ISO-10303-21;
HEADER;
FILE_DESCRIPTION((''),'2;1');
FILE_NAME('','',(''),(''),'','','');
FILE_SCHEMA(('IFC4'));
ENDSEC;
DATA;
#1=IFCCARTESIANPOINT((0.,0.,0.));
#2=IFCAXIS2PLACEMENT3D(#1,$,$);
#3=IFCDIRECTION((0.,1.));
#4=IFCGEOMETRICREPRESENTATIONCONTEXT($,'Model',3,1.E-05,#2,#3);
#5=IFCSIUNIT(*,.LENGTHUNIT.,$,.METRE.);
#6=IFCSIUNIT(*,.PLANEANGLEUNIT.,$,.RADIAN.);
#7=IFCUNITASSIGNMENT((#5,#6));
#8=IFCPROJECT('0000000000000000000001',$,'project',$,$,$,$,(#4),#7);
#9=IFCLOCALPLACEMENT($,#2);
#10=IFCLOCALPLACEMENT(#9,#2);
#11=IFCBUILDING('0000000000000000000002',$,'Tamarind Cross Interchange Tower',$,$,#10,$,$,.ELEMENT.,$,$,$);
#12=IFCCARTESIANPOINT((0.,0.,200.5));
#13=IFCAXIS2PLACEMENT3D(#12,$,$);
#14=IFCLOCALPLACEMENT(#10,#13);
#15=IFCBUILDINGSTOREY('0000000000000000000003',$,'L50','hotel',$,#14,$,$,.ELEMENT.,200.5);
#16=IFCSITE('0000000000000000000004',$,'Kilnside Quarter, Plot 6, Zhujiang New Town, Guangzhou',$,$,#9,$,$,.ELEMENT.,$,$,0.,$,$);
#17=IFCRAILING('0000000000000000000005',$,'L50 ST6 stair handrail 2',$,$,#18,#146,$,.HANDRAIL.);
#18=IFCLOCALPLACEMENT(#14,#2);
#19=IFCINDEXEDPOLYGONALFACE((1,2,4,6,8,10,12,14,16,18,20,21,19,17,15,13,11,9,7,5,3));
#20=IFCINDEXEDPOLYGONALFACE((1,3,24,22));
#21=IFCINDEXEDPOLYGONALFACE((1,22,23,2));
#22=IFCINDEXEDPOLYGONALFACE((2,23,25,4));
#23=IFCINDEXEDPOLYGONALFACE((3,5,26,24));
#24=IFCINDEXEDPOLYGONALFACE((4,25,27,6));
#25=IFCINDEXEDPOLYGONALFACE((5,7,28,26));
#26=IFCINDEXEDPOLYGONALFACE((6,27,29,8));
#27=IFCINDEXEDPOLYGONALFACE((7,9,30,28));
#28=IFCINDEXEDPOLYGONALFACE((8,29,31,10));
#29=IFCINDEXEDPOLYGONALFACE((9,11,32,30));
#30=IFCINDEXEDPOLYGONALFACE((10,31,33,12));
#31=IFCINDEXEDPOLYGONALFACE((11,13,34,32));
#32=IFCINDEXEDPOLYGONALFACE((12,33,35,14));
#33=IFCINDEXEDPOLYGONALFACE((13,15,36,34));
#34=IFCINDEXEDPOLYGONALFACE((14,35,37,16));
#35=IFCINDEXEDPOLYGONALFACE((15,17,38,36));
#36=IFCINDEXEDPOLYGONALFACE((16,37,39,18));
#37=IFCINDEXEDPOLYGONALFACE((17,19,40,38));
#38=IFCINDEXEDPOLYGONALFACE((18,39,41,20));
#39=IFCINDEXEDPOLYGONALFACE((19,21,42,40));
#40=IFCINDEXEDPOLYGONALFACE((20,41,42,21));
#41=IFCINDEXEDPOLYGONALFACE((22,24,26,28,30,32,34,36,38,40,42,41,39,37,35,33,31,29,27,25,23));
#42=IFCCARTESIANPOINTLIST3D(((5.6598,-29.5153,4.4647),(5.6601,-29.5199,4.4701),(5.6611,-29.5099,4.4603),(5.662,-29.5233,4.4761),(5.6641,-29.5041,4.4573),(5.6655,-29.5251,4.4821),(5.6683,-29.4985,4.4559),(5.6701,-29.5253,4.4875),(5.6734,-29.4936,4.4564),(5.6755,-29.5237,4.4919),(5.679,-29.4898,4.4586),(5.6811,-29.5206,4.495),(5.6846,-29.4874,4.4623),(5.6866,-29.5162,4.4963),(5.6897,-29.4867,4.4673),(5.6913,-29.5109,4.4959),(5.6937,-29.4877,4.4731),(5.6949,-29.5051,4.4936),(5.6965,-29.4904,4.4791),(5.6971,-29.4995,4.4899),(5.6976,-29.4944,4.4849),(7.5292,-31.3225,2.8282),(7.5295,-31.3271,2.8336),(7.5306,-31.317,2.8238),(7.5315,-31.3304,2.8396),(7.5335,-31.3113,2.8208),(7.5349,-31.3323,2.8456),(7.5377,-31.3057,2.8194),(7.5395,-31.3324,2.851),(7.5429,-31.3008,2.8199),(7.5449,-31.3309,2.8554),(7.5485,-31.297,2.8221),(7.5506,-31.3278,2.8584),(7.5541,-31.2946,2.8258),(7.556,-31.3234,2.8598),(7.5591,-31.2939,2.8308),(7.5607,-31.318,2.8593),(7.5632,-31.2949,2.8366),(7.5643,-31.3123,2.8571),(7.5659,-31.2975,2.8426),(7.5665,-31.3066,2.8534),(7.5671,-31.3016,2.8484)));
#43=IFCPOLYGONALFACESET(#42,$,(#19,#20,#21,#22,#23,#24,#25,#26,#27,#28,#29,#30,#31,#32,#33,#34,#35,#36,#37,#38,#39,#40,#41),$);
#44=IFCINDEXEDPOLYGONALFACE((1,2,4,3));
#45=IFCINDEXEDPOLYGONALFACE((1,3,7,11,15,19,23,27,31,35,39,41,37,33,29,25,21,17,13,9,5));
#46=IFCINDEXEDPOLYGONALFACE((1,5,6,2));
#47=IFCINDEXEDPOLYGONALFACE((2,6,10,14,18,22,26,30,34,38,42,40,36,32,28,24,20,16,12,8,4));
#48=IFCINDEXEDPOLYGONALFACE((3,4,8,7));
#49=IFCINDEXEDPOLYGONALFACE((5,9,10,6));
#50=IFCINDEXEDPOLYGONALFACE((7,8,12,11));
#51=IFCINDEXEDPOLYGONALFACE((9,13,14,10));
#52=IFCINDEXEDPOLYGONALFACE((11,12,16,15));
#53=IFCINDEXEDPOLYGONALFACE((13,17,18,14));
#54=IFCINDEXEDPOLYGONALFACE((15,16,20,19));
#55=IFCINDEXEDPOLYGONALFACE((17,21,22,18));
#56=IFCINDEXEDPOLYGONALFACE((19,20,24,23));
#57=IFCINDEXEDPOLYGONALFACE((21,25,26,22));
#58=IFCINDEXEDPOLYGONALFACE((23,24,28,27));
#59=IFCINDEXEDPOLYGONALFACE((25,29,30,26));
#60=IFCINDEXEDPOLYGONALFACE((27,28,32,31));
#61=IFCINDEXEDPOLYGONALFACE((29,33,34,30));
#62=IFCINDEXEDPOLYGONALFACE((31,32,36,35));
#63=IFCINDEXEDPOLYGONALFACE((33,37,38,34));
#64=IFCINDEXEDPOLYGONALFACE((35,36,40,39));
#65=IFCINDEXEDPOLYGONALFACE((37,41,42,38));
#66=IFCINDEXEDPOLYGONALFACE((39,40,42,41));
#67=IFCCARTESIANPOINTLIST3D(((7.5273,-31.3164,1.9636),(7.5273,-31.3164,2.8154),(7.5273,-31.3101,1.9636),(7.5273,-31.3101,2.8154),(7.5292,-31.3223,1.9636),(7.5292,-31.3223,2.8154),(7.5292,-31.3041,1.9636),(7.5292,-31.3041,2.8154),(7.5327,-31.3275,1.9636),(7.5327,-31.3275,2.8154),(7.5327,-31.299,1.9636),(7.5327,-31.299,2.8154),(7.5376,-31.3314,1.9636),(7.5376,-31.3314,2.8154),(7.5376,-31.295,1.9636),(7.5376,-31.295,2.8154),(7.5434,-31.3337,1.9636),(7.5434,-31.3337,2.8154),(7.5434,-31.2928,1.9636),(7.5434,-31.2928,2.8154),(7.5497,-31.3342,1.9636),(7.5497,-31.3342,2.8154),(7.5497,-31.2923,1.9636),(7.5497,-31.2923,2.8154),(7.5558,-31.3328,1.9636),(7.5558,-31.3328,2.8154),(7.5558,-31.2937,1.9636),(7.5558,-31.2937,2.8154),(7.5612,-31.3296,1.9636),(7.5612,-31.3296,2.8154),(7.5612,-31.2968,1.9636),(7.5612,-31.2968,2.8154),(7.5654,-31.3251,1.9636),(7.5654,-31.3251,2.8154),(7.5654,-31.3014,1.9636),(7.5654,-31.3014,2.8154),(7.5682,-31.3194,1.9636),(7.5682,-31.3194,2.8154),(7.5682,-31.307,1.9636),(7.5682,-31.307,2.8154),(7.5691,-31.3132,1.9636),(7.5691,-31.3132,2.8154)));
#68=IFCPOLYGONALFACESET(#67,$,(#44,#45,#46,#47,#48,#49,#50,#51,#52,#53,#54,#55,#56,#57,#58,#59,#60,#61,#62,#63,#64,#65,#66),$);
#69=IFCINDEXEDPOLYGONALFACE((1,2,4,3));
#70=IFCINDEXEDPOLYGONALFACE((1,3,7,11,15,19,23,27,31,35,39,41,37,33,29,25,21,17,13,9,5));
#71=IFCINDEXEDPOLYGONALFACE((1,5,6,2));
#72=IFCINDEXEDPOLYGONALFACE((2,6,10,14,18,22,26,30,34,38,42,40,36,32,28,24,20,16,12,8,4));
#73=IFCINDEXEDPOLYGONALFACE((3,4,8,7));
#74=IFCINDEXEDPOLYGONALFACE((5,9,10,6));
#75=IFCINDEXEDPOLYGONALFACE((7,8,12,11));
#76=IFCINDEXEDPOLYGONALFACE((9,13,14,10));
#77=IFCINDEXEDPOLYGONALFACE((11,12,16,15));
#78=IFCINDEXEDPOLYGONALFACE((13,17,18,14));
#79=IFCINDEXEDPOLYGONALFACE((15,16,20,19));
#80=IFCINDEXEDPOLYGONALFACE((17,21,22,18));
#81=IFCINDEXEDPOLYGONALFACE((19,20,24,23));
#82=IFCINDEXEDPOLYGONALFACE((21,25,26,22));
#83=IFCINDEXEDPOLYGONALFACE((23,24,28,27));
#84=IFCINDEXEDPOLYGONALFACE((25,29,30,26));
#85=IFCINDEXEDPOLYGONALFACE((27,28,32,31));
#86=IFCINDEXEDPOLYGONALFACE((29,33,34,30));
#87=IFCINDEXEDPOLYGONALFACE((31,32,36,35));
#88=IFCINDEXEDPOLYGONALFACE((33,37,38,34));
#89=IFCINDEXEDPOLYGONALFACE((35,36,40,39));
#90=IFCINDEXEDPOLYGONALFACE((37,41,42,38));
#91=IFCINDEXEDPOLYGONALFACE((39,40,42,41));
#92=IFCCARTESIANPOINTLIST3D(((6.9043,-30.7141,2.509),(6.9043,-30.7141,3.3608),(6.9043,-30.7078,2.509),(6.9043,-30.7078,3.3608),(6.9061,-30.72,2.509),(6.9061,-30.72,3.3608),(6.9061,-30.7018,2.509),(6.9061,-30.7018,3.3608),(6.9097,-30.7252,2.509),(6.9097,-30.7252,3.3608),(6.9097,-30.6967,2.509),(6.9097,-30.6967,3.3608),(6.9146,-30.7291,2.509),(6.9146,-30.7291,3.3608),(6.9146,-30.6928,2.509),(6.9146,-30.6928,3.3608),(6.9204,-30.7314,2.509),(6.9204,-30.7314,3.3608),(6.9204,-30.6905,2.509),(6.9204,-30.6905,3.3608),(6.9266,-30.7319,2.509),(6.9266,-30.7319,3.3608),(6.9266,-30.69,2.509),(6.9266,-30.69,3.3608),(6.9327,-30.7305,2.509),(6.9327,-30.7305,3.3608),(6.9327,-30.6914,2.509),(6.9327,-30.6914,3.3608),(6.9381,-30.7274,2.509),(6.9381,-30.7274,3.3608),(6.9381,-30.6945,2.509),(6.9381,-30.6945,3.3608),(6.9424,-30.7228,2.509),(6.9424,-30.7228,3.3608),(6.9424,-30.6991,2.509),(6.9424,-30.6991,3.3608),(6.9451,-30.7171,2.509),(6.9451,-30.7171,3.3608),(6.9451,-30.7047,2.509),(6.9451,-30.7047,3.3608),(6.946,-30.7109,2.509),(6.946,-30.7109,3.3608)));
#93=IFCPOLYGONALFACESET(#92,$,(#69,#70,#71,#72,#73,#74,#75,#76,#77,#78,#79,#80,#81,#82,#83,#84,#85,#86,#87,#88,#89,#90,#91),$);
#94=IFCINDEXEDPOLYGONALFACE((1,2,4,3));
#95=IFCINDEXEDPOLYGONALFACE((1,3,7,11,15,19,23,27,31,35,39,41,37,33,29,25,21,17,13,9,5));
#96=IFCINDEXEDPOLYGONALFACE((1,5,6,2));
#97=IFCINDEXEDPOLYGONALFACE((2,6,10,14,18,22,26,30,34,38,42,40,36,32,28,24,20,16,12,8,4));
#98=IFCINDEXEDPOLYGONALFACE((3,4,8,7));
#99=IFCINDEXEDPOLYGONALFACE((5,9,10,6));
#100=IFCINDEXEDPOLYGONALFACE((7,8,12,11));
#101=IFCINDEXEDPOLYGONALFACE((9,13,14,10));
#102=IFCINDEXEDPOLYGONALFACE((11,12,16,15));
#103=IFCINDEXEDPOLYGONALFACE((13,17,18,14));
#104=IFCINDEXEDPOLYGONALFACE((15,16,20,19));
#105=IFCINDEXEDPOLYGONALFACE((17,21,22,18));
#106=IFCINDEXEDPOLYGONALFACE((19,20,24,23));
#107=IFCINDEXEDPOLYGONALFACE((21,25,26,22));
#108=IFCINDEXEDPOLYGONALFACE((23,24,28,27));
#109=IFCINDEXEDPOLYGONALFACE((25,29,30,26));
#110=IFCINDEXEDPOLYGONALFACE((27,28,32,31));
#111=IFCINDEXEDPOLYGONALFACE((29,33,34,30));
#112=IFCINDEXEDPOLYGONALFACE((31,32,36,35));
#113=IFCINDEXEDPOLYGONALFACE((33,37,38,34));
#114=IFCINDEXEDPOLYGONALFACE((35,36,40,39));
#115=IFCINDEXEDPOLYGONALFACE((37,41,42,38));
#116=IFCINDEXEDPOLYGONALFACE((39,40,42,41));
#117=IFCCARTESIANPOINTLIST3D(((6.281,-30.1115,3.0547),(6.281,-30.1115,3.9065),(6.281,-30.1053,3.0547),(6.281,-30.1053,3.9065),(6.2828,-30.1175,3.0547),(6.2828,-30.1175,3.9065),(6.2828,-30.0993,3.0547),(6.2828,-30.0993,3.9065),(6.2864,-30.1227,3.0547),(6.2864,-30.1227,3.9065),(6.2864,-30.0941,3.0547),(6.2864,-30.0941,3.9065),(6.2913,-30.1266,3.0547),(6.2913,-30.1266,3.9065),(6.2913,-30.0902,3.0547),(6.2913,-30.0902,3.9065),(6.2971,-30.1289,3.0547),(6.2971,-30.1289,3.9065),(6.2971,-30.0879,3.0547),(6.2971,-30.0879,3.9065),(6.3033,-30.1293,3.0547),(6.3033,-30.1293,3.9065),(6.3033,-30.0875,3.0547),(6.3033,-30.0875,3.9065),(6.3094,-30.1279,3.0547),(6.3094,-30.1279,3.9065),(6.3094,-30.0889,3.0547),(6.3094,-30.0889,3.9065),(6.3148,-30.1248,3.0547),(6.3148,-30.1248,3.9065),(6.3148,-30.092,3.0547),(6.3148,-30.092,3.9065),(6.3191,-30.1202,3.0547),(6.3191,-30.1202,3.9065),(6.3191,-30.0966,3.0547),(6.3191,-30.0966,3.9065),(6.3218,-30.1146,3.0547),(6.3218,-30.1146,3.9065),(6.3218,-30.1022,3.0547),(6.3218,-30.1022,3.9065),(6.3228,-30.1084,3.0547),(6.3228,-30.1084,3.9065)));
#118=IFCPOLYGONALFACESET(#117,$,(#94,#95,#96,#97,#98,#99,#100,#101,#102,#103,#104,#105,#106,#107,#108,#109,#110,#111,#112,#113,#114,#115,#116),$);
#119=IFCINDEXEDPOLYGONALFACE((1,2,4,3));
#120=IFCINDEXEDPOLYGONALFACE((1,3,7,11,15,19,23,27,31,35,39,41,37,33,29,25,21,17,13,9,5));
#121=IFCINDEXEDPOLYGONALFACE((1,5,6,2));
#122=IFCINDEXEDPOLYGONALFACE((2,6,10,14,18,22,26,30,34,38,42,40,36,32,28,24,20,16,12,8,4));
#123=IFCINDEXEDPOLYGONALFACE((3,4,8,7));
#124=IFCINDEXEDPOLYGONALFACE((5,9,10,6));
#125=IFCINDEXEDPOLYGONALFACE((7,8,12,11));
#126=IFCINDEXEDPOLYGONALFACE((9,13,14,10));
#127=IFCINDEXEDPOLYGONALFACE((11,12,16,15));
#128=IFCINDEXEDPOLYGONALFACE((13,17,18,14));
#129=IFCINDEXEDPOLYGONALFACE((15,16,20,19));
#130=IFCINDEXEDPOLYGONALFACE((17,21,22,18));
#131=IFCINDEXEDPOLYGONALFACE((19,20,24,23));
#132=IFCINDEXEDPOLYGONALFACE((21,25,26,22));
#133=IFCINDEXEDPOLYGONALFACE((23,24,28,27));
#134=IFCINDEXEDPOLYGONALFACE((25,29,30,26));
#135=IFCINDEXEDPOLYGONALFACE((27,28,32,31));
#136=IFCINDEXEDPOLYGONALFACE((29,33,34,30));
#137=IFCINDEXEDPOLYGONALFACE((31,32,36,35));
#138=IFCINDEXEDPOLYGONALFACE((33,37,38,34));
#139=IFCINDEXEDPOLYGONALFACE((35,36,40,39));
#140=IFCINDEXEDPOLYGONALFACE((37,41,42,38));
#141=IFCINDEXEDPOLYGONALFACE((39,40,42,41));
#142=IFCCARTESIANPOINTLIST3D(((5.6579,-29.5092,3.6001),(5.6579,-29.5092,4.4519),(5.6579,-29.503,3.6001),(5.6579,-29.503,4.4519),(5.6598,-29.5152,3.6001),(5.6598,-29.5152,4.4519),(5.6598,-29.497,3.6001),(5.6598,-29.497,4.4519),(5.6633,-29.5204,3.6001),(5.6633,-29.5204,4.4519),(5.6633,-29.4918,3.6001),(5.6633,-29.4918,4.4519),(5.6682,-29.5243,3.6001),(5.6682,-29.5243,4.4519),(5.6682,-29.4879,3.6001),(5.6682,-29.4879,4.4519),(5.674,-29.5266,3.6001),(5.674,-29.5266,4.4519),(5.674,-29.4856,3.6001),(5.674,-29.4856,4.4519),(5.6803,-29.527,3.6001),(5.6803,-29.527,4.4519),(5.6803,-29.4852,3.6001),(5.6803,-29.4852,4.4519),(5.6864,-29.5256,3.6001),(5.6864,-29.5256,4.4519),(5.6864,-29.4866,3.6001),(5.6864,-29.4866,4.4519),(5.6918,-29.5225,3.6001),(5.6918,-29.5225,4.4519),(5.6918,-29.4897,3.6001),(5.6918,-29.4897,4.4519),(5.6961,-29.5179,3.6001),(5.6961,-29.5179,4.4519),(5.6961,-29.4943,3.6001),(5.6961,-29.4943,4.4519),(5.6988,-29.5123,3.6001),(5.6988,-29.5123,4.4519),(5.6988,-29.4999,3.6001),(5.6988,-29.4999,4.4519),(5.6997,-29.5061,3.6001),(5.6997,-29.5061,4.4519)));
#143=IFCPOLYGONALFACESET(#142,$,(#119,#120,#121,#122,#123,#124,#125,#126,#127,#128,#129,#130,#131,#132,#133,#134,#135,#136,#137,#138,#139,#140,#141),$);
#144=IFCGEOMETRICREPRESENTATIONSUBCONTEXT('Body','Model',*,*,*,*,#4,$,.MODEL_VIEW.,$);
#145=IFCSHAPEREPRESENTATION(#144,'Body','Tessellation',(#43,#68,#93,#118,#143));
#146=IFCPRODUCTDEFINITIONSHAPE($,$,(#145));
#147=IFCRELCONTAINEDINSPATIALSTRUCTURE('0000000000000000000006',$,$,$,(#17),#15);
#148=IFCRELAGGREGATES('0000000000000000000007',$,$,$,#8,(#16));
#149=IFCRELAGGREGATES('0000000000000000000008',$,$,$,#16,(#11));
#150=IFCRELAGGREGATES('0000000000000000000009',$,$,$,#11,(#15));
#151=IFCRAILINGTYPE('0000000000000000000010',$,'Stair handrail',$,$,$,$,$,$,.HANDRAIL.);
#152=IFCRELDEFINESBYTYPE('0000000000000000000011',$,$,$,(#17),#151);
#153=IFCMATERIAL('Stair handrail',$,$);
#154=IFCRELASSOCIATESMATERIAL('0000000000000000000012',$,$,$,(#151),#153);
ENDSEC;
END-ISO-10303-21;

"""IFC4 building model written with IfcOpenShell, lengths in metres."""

from ifc_helpers import new_model, si_unit, direction, frame, origin, origin_2d, place, context, subcontext, project, spatial, circle, extrude, material, type_object, element, save


model = new_model("IFC4")

# Units and contexts
model_context = context("Model", 3, precision=1e-05, world=origin(), true_north=direction((0.0, 1.0)))
body_context = subcontext(model_context, "Body", "Model", "MODEL_VIEW")
ifc_project = project(units=[si_unit("LENGTHUNIT", "METRE"), si_unit("PLANEANGLEUNIT", "RADIAN")], contexts=[model_context])

# Site, building, storey
site_placement = place(None, origin())
site = spatial("IfcSite", under=ifc_project, at=site_placement, Name="Kilnside Quarter, Plot 6, Zhujiang New Town, Guangzhou", CompositionType="ELEMENT", RefElevation=0.0)
building_placement = place(site_placement, origin())
building = spatial("IfcBuilding", under=site, at=building_placement, Name="Tamarind Cross Interchange Tower", CompositionType="ELEMENT")
storey_placement = place(building_placement, frame((0.0, 0.0, 200.5)))
storey = spatial("IfcBuildingStorey", under=building, at=storey_placement, Name="L50", Description="hotel", CompositionType="ELEMENT", Elevation=200.5)

# Railing
ifc_material_1 = material(Name="Stair handrail")
railing_type = type_object("IfcRailingType", Name="Stair handrail", PredefinedType="HANDRAIL", material=ifc_material_1)
railing_placement = place(storey_placement, frame((7.5481, -31.3132, 1.9636)))
element("IfcRailing", 1, at=railing_placement, inside=storey, type_object=railing_type, Name="L50 ST6 stair handrail 2", PredefinedType="HANDRAIL", context=body_context, shape_type="SweptSolid", body=[
    extrude(circle(Radius=0.0239, at=origin_2d()), frame((0.0, 0.0, 0.876), z_axis=(-0.608486, 0.588221, 0.532673), x_axis=(-0.695033, -0.718977, 0.0)), (0.0, 0.0, 1.0), 3.0723),
    extrude(circle(Radius=0.021, at=origin_2d()), origin(), (0.0, 0.0, 1.0), 0.8518),
    extrude(circle(Radius=0.021, at=origin_2d()), frame((-0.623, 0.6023, 0.5454)), (0.0, 0.0, 1.0), 0.8518),
    extrude(circle(Radius=0.021, at=origin_2d()), frame((-1.2463, 1.2048, 1.0911)), (0.0, 0.0, 1.0), 0.8518),
    extrude(circle(Radius=0.021, at=origin_2d()), frame((-1.8694, 1.8071, 1.6365)), (0.0, 0.0, 1.0), 0.8518),
])

save(model, "model.ifc")
